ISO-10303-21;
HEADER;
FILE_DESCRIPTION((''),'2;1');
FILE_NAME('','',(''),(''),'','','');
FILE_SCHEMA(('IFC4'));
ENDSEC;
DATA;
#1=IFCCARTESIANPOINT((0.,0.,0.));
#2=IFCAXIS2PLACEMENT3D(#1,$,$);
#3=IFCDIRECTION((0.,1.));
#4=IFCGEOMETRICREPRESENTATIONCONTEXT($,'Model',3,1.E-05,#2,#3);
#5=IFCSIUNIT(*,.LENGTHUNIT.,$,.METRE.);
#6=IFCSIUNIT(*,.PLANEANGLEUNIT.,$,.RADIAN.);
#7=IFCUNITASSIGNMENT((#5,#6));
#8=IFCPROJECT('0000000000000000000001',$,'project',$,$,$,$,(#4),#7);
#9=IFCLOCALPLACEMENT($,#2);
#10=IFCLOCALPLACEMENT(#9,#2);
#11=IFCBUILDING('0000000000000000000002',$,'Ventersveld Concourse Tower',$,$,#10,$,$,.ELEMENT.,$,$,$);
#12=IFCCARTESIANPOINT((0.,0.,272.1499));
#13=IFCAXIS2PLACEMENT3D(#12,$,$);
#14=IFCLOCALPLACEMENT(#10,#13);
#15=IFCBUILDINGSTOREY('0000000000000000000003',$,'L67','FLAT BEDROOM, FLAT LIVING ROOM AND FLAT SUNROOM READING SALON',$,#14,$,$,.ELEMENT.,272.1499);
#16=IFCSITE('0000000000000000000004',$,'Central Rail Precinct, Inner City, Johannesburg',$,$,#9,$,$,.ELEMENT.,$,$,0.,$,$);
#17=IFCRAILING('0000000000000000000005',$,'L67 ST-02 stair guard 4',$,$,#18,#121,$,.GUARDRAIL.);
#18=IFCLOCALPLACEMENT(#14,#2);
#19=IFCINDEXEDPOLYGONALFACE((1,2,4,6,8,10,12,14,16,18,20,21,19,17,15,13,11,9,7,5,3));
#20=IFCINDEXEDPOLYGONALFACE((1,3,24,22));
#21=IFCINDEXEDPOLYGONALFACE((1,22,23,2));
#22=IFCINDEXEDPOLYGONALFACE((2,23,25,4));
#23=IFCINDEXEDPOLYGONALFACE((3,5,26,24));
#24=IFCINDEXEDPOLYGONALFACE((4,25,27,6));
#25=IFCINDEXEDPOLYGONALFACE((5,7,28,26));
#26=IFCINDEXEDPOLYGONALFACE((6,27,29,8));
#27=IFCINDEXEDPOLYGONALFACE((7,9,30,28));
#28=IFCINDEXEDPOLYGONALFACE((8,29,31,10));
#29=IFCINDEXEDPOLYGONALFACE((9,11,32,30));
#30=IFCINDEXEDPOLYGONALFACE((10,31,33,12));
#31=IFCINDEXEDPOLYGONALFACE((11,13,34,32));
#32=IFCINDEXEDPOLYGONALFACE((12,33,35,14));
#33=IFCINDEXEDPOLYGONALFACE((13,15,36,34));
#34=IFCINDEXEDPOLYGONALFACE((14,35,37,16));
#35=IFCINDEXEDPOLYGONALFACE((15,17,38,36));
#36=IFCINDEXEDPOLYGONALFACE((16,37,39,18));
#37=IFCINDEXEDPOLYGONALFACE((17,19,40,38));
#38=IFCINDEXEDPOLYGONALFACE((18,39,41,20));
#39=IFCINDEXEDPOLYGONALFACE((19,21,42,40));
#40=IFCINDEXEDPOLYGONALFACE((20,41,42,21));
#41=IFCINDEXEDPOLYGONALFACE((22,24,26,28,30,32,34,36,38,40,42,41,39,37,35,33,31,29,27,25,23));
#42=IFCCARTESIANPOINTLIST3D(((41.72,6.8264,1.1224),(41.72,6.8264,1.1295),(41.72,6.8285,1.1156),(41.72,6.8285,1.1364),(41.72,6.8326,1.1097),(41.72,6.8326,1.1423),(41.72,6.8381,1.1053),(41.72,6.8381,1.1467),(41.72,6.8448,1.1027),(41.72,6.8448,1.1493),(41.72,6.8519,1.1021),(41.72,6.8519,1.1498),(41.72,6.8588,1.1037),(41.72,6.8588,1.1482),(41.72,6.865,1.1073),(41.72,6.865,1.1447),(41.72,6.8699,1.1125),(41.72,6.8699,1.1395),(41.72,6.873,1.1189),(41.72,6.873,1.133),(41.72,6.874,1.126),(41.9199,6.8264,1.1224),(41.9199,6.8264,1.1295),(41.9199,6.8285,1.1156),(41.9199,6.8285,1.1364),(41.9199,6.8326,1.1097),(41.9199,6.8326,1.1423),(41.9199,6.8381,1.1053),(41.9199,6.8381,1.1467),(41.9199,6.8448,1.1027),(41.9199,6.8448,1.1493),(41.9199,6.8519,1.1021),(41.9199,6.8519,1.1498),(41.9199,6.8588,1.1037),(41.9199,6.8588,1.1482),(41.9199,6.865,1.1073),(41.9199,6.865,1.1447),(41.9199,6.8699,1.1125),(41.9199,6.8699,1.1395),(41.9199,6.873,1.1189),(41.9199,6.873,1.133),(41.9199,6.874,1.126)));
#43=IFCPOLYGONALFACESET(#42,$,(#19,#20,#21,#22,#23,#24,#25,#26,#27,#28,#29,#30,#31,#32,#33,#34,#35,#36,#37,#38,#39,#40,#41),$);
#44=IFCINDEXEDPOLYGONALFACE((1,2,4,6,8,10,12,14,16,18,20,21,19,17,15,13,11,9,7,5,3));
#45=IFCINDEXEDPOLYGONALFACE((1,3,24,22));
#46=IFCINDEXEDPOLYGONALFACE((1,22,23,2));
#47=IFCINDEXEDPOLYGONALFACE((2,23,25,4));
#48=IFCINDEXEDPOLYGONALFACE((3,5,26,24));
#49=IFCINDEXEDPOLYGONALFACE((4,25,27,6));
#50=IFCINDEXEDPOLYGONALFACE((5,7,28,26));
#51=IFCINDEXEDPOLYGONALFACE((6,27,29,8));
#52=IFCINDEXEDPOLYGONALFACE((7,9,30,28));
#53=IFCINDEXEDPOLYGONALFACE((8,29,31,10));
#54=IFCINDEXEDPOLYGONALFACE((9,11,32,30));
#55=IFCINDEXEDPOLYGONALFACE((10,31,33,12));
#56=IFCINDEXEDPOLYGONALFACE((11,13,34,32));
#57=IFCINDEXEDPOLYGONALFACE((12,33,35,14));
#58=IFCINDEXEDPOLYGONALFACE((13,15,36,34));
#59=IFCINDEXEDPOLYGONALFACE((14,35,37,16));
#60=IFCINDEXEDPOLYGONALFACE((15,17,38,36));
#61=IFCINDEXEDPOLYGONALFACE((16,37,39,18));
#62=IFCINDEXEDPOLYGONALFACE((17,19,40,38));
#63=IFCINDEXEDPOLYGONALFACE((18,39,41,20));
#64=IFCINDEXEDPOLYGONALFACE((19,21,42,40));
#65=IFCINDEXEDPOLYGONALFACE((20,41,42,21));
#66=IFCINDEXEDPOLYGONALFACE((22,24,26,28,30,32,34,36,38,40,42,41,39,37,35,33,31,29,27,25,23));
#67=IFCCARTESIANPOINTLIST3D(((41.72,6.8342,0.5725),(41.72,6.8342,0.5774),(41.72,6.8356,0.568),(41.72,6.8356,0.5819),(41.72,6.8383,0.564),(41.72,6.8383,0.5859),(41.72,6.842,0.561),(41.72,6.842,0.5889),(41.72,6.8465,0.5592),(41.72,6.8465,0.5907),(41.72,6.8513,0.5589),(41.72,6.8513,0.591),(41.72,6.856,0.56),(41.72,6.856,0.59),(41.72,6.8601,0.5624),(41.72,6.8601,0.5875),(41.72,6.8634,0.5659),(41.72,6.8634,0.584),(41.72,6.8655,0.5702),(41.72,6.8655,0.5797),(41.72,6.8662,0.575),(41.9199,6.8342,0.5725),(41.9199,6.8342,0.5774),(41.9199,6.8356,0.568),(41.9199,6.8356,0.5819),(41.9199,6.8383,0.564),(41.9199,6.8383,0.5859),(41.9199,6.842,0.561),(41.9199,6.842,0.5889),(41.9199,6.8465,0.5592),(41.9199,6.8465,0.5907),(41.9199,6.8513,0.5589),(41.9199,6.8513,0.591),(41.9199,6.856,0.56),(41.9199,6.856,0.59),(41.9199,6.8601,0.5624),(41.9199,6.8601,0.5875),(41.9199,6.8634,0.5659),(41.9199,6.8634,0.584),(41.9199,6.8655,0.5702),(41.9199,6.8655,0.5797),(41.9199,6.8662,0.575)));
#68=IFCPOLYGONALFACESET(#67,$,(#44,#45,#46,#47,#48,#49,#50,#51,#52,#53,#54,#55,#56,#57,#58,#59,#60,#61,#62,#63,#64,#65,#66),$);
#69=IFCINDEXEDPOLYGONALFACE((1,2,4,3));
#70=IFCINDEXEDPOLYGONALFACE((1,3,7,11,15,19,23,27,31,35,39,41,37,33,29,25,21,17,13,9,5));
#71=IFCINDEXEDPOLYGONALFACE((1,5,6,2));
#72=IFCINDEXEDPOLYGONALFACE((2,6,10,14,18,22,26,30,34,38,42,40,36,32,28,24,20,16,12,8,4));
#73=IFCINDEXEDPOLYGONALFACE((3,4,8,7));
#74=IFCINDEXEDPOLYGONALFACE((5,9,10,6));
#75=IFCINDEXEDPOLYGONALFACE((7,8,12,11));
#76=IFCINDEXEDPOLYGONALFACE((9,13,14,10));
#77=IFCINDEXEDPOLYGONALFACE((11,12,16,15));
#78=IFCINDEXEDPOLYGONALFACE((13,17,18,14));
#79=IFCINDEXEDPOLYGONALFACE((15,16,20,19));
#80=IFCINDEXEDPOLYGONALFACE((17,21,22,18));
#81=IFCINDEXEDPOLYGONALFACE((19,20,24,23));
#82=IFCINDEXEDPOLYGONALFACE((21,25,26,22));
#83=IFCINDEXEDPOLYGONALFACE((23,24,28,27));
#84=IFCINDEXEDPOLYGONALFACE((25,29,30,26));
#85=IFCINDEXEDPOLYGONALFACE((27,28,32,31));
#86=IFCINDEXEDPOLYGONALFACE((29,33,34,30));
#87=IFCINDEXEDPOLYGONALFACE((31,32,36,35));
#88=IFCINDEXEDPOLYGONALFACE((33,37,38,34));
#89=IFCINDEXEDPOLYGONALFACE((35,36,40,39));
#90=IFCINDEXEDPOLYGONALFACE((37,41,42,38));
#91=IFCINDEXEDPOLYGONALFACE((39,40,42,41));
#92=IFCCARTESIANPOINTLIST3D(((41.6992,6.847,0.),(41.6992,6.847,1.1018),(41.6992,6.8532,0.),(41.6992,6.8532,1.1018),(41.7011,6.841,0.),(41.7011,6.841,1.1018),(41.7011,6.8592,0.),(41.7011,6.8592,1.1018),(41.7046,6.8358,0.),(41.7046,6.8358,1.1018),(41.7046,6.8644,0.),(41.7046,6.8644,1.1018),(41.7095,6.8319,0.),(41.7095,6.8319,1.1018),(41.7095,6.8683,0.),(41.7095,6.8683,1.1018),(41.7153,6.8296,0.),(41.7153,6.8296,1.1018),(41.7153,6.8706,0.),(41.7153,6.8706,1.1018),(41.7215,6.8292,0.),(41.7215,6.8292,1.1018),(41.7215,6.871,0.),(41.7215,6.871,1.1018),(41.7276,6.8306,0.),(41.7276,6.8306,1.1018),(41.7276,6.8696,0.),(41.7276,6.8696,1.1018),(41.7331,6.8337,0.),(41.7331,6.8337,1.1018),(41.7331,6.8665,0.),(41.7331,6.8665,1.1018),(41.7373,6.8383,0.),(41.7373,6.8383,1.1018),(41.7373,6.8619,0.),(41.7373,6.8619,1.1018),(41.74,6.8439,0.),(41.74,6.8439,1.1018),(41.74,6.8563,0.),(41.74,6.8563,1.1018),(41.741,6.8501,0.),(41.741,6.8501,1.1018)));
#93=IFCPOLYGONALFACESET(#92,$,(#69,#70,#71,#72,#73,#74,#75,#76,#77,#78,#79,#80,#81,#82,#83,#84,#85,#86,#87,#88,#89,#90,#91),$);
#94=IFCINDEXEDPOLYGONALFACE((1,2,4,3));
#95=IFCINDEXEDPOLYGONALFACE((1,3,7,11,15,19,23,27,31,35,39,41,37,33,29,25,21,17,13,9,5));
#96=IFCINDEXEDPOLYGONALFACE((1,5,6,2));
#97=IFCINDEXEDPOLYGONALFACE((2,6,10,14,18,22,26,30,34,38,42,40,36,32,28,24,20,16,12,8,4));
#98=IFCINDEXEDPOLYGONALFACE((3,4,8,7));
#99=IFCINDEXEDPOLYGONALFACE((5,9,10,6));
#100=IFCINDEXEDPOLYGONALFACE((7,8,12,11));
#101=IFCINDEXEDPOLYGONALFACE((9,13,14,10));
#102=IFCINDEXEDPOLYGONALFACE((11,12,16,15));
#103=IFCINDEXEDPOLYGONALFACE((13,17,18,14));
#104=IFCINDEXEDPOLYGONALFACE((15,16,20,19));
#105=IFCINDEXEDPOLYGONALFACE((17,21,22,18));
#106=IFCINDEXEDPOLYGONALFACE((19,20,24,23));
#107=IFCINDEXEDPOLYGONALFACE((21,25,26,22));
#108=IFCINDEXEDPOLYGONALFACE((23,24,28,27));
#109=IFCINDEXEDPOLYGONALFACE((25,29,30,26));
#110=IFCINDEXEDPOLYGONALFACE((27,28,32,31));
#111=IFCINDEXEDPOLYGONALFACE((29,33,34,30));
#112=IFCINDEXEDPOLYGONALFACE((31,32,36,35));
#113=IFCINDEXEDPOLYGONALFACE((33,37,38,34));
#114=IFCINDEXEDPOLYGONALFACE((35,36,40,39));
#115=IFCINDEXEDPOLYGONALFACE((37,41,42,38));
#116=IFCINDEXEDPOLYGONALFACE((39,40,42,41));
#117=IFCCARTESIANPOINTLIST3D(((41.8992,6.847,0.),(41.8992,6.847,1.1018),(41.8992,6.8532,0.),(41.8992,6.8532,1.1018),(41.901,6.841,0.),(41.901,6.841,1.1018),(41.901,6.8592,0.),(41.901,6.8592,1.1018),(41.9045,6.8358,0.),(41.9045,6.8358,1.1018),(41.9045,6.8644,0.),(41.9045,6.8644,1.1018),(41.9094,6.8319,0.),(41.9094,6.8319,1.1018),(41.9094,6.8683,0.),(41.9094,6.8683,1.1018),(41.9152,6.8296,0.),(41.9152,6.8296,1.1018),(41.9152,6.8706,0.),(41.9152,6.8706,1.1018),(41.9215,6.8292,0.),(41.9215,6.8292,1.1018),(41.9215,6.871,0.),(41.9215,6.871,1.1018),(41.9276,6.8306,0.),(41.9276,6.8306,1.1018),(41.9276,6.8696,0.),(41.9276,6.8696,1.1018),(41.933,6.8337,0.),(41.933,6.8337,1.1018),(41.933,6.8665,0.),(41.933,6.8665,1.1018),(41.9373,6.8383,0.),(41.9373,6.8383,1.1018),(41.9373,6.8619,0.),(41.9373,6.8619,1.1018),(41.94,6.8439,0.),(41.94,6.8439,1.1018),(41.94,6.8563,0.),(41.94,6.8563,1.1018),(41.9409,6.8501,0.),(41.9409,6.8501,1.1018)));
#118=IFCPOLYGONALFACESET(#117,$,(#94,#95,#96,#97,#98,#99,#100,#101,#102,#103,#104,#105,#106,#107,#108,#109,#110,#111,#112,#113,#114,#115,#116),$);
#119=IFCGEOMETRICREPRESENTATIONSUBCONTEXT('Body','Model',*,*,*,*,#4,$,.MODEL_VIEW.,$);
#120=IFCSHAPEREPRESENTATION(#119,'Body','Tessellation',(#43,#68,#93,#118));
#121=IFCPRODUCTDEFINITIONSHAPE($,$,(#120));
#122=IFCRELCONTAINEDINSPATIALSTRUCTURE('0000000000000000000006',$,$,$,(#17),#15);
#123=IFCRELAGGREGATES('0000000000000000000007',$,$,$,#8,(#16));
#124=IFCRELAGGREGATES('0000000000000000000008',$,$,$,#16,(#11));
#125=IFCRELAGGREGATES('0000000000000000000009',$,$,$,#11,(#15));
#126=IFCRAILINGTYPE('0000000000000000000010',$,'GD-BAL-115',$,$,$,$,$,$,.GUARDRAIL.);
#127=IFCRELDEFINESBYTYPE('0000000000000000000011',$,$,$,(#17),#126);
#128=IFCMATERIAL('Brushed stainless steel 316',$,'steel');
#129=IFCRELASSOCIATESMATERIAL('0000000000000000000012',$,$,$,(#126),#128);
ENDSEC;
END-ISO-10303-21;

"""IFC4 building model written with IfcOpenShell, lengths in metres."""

from ifc_helpers import new_model, si_unit, direction, frame, origin, origin_2d, place, context, subcontext, project, spatial, circle, extrude, material, type_object, element, save


model = new_model("IFC4")

# Units and contexts
model_context = context("Model", 3, precision=1e-05, world=origin(), true_north=direction((0.0, 1.0)))
body_context = subcontext(model_context, "Body", "Model", "MODEL_VIEW")
ifc_project = project(units=[si_unit("LENGTHUNIT", "METRE"), si_unit("PLANEANGLEUNIT", "RADIAN")], contexts=[model_context])

# Site, building, storey
site_placement = place(None, origin())
site = spatial("IfcSite", under=ifc_project, at=site_placement, Name="Central Rail Precinct, Inner City, Johannesburg", CompositionType="ELEMENT", RefElevation=0.0)
building_placement = place(site_placement, origin())
building = spatial("IfcBuilding", under=site, at=building_placement, Name="Ventersveld Concourse Tower", CompositionType="ELEMENT")
storey_placement = place(building_placement, frame((0.0, 0.0, 272.1499)))
storey = spatial("IfcBuildingStorey", under=building, at=storey_placement, Name="L67", Description="FLAT BEDROOM, FLAT LIVING ROOM AND FLAT SUNROOM READING SALON", CompositionType="ELEMENT", Elevation=272.1499)

# Railing
ifc_material_1 = material(Name="Brushed stainless steel 316", Category="steel")
railing_type_1 = type_object("IfcRailingType", Name="GD-BAL-115", PredefinedType="GUARDRAIL", material=ifc_material_1)
railing_1_placement = place(storey_placement, frame((41.72, 6.8501, 0.0)))
element("IfcRailing", 1, at=railing_1_placement, inside=storey, type_object=railing_type_1, Name="L67 ST-02 stair guard 4", PredefinedType="GUARDRAIL", context=body_context, shape_type="SweptSolid", body=[
    extrude(circle(Radius=0.0239, at=origin_2d()), frame((0.0, 0.0, 1.126), z_axis=(1.0, 0.0, 0.0), x_axis=(0.0, 1.0, 0.0)), (0.0, 0.0, 1.0), 0.2),
    extrude(circle(Radius=0.0161, at=origin_2d()), frame((0.0, 0.0, 0.575), z_axis=(1.0, 0.0, 0.0), x_axis=(0.0, 1.0, 0.0)), (0.0, 0.0, 1.0), 0.2),
    extrude(circle(Radius=0.021, at=origin_2d()), origin(), (0.0, 0.0, 1.0), 1.1018),
    extrude(circle(Radius=0.021, at=origin_2d()), frame((0.2, 0.0, 0.0)), (0.0, 0.0, 1.0), 1.1018),
])

save(model, "model.ifc")
